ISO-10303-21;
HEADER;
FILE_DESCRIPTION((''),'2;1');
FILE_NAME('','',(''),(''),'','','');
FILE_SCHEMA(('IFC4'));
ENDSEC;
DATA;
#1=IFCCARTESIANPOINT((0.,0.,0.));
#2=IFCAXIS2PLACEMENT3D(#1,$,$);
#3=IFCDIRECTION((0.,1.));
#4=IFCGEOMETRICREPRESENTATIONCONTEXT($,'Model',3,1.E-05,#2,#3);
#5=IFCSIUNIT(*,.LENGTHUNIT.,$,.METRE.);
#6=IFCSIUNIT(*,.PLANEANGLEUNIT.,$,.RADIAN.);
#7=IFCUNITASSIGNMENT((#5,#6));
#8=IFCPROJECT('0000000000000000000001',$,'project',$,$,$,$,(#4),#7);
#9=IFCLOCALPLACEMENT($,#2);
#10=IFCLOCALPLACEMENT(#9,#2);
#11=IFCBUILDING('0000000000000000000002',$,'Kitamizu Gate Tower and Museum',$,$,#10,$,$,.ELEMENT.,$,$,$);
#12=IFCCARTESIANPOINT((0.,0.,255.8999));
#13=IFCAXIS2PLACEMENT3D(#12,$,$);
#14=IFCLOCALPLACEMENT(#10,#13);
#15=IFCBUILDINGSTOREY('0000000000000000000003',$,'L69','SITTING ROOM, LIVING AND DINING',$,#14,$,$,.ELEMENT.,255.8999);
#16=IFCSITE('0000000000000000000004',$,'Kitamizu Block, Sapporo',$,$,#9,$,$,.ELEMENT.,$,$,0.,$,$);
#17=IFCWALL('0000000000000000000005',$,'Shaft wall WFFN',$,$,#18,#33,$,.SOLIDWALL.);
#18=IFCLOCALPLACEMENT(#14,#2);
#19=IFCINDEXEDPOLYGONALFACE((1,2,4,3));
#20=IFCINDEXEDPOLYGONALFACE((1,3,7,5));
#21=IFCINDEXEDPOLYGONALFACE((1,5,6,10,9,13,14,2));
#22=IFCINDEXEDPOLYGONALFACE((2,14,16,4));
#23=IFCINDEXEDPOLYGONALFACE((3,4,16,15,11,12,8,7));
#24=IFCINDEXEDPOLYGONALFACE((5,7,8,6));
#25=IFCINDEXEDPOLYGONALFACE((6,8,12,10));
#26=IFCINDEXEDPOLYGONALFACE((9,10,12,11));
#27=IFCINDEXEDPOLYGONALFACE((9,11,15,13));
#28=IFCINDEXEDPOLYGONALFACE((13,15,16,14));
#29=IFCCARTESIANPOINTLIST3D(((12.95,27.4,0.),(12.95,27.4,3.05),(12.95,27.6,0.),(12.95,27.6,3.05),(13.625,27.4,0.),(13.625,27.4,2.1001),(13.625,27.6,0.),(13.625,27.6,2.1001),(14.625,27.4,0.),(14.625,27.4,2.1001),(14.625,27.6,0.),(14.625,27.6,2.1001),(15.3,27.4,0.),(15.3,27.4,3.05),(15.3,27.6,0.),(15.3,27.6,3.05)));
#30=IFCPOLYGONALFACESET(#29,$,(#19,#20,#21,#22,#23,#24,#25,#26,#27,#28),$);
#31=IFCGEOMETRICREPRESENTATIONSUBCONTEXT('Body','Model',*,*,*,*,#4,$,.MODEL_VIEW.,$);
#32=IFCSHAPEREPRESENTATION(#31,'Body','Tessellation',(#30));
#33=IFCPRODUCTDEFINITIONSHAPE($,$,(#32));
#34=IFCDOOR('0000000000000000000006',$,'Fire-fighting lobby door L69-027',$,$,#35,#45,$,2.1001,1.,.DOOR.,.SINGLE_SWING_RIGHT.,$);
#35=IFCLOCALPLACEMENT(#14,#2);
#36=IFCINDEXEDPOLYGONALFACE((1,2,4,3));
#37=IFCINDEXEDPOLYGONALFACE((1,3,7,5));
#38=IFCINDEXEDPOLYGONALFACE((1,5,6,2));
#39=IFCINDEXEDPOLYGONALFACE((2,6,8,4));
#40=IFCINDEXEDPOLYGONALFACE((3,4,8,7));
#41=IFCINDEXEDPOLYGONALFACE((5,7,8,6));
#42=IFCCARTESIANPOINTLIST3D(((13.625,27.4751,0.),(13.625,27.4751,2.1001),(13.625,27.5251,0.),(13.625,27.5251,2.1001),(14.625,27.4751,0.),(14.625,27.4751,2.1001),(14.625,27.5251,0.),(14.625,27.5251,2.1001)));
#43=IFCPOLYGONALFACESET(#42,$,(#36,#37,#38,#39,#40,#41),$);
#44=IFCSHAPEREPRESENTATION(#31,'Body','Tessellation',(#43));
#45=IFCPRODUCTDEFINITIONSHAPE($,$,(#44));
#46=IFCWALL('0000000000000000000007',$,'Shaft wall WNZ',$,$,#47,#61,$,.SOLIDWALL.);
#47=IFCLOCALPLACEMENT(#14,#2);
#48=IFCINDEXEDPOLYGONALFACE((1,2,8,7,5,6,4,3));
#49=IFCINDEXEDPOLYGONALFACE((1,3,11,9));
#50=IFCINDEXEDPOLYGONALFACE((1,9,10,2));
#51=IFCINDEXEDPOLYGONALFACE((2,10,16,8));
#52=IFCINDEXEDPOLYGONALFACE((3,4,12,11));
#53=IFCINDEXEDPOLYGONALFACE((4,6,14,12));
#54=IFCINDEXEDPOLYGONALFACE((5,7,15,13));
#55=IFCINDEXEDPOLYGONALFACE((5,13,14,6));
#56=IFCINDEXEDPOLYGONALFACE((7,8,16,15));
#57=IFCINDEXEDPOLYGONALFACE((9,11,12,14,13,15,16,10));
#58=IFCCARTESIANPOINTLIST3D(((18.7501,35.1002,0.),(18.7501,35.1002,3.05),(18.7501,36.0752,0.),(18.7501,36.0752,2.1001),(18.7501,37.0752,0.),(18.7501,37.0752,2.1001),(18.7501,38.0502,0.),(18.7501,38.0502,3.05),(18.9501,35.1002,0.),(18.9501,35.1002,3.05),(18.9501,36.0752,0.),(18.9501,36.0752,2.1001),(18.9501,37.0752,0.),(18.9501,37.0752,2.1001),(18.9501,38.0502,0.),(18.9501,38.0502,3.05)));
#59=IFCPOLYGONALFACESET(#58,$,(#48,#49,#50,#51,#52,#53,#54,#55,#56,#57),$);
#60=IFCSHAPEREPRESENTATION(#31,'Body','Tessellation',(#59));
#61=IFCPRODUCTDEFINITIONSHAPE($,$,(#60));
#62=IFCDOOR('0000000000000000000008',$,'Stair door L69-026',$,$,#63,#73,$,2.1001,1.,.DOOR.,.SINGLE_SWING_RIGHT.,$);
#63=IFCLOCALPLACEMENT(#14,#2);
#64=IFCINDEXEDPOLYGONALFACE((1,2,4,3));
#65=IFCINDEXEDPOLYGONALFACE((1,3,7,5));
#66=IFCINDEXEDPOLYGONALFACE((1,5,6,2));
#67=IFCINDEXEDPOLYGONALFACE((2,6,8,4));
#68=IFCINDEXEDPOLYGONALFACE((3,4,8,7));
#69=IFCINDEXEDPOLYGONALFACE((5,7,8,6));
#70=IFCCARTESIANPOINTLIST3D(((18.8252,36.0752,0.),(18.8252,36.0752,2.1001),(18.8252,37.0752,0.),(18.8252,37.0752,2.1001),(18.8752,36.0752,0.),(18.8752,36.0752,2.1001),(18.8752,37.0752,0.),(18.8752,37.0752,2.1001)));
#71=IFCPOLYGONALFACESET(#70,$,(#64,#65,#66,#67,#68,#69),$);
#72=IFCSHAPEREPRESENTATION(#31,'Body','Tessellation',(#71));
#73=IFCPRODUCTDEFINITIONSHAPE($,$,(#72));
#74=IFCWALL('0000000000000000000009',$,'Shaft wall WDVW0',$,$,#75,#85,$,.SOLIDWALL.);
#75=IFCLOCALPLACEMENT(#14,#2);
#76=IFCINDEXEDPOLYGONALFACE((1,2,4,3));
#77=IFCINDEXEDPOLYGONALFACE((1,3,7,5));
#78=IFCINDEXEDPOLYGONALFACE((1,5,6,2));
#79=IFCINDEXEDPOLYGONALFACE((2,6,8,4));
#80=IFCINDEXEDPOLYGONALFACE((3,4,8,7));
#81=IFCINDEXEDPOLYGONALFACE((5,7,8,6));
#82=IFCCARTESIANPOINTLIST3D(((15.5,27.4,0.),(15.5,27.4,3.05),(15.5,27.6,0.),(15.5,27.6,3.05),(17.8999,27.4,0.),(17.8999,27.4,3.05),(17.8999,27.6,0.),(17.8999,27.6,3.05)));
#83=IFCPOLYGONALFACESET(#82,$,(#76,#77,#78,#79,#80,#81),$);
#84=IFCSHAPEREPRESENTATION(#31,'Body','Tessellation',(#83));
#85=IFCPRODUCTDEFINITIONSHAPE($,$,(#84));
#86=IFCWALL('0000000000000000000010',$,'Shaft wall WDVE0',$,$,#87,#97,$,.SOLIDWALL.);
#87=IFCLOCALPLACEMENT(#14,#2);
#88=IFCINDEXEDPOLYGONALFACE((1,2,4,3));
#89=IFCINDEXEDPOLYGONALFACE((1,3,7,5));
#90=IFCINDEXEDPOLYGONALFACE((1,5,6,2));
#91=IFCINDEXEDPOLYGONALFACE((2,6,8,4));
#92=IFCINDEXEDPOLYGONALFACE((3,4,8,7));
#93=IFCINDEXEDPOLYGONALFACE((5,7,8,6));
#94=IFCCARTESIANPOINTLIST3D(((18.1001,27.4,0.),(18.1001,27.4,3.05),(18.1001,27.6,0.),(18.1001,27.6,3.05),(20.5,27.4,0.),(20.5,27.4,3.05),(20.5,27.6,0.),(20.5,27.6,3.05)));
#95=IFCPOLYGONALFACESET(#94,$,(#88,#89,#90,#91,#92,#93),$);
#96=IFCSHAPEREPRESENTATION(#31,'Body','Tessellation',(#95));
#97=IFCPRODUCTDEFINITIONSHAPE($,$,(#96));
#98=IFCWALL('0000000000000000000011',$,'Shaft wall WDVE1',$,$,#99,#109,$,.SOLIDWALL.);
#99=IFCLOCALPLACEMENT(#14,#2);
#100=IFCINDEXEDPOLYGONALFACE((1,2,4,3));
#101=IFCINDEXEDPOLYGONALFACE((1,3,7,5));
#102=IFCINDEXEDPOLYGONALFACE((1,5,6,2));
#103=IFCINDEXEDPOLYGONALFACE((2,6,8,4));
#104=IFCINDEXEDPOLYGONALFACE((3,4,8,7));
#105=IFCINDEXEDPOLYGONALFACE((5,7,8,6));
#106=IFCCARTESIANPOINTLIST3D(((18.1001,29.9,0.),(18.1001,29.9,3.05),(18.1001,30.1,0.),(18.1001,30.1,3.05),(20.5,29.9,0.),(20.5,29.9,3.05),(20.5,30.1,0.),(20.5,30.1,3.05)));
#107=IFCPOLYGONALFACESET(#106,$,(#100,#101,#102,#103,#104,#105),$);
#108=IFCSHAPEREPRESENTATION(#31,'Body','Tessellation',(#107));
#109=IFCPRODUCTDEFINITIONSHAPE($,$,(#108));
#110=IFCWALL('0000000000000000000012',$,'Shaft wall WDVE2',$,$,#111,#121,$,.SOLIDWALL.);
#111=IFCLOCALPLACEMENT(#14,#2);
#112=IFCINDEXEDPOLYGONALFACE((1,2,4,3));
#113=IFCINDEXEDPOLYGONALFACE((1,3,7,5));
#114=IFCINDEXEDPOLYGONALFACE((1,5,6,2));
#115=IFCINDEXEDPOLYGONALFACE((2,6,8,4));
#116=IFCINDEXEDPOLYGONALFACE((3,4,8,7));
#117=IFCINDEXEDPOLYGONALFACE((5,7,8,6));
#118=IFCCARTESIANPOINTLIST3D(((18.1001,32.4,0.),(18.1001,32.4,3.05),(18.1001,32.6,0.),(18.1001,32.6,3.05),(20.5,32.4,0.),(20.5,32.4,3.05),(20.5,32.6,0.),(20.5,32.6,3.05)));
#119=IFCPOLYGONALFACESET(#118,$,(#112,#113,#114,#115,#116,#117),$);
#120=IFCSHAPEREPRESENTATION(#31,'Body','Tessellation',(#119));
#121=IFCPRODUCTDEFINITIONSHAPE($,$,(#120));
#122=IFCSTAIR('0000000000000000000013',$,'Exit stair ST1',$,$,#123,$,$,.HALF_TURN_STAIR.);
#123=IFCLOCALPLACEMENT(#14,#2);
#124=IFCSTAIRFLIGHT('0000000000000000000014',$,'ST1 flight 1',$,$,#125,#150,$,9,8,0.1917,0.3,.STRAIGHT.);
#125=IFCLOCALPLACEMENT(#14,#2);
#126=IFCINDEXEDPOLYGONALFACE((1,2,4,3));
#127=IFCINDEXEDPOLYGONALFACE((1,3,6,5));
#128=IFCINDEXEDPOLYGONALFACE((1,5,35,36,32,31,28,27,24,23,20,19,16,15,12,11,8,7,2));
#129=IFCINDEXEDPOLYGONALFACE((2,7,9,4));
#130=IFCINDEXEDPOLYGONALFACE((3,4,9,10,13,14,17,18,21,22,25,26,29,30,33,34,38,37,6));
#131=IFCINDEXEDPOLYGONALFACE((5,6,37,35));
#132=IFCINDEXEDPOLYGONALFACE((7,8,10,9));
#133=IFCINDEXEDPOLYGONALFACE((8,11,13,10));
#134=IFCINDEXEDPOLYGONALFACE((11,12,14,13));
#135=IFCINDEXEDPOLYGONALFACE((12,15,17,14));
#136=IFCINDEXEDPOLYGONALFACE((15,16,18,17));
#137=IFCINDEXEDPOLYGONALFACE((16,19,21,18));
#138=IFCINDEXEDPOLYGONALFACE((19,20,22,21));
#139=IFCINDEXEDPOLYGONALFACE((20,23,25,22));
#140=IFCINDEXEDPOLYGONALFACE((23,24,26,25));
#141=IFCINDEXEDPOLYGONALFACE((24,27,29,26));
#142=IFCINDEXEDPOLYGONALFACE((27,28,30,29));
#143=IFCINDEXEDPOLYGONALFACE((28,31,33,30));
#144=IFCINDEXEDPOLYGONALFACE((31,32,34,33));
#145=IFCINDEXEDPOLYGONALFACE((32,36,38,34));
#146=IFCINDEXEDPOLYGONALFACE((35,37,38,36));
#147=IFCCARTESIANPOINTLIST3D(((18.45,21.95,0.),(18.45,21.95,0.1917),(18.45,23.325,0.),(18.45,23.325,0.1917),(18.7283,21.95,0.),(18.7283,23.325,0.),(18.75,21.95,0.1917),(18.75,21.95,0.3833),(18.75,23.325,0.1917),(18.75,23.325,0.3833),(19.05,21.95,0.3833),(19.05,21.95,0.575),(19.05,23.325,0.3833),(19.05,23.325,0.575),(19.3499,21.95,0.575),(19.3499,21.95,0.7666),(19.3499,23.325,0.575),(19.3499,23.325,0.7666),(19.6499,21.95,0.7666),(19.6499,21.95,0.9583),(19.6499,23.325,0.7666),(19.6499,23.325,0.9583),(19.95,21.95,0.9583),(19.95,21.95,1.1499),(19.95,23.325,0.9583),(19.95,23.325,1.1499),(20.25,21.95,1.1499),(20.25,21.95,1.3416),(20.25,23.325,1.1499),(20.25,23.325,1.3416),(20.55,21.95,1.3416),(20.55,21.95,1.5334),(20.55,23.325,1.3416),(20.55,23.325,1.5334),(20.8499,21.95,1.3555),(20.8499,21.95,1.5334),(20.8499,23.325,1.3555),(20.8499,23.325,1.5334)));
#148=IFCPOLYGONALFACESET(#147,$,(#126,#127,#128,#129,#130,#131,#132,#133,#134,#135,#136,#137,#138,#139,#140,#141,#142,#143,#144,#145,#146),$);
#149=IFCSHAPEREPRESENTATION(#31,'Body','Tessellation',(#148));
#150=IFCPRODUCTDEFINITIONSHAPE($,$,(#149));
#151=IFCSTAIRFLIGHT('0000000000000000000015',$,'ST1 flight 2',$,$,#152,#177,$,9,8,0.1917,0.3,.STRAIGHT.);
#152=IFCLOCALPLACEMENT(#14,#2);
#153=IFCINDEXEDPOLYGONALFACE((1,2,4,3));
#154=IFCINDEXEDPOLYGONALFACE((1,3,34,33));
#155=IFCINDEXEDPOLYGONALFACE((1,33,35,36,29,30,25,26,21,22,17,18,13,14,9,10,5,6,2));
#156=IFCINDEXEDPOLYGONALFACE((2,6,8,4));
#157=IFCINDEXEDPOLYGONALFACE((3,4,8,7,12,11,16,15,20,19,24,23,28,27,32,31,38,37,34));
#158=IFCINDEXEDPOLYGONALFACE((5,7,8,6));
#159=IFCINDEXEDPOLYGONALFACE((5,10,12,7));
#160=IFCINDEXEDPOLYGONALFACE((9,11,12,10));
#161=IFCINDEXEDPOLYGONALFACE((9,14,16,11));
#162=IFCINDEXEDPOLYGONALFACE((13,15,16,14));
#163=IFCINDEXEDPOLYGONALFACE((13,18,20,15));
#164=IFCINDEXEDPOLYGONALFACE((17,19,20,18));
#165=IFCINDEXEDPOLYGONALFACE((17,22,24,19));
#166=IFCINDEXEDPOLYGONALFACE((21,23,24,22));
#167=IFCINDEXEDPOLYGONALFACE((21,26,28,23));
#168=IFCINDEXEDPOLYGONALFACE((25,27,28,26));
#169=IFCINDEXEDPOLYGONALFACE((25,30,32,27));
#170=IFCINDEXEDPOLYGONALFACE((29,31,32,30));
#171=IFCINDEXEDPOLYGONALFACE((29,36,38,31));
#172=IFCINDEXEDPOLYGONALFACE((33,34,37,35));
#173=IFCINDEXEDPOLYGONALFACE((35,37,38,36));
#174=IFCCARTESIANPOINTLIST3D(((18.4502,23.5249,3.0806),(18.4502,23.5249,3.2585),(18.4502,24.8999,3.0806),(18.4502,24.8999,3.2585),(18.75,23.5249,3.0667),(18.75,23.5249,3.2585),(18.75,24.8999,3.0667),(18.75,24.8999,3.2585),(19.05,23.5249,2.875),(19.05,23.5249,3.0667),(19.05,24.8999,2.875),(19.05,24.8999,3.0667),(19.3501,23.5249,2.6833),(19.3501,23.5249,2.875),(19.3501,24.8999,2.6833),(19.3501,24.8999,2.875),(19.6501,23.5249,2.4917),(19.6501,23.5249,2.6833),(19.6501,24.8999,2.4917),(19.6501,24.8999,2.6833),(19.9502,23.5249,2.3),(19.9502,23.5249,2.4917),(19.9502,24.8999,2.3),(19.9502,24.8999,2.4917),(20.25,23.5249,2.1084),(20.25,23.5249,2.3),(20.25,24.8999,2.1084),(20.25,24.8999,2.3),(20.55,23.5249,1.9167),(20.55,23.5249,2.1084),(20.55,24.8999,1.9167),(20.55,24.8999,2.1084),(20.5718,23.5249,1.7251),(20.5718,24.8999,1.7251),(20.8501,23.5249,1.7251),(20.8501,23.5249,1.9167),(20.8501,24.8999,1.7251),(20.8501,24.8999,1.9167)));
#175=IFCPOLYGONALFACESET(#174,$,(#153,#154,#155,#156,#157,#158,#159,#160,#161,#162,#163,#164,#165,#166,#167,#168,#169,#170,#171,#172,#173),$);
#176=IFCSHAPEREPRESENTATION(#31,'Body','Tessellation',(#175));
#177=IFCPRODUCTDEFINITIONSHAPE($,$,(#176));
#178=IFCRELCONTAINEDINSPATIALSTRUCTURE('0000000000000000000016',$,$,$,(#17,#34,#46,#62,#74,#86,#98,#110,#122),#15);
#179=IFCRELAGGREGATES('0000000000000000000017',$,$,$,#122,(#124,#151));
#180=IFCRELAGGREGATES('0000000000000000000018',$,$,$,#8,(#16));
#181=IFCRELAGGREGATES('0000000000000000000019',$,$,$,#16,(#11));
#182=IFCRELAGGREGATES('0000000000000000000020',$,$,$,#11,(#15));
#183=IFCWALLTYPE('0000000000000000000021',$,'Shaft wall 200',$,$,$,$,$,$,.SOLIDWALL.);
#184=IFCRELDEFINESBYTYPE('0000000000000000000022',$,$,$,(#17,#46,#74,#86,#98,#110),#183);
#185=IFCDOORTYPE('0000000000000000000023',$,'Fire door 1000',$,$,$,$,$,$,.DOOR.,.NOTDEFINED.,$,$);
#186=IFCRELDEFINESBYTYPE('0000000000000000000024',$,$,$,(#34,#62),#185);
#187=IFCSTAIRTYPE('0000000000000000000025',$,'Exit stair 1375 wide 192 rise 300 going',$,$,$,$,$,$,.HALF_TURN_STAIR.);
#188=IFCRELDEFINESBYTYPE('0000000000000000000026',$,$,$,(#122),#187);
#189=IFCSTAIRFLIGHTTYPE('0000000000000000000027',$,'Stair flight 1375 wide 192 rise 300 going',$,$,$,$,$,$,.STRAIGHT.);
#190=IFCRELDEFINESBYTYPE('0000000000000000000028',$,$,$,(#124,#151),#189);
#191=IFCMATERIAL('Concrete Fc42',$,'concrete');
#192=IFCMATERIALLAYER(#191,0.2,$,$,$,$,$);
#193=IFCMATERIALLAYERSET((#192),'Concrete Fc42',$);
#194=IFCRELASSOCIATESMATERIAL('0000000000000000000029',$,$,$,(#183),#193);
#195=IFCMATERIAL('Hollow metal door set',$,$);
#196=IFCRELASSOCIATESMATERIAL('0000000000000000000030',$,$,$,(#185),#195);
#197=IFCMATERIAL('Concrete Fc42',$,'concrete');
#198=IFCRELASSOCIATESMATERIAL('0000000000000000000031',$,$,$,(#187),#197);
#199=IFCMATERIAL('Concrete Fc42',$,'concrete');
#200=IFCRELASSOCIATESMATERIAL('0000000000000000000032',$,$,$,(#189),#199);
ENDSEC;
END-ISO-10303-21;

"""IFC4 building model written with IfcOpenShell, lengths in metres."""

from ifc_helpers import new_model, si_unit, direction, frame, frame_2d, origin, place, context, subcontext, project, spatial, polyline, rectangle, outline, extrude, material, layer, layer_set, type_object, element, fill, aggregate, save


model = new_model("IFC4")

# Units and contexts
model_context = context("Model", 3, precision=1e-05, world=origin(), true_north=direction((0.0, 1.0)))
body_context = subcontext(model_context, "Body", "Model", "MODEL_VIEW")
ifc_project = project(units=[si_unit("LENGTHUNIT", "METRE"), si_unit("PLANEANGLEUNIT", "RADIAN")], contexts=[model_context])

# Site, building, storey
site_placement = place(None, origin())
site = spatial("IfcSite", under=ifc_project, at=site_placement, Name="Kitamizu Block, Sapporo", CompositionType="ELEMENT", RefElevation=0.0)
building_placement = place(site_placement, origin())
building = spatial("IfcBuilding", under=site, at=building_placement, Name="Kitamizu Gate Tower and Museum", CompositionType="ELEMENT")
storey_placement = place(building_placement, frame((0.0, 0.0, 255.8999)))
storey = spatial("IfcBuildingStorey", under=building, at=storey_placement, Name="L69", Description="SITTING ROOM, LIVING AND DINING", CompositionType="ELEMENT", Elevation=255.8999)

# Shared definitions
ifc_material_1 = material(Name="Concrete Fc42", Category="concrete")
ifc_layer_1 = layer(ifc_material_1, 0.2)
ifc_layer_set_1 = layer_set([ifc_layer_1], Name="Concrete Fc42")
wall_type_1 = type_object("IfcWallType", Name="Shaft wall 200", PredefinedType="SOLIDWALL", material=ifc_layer_set_1)
ifc_material_2 = material(Name="Hollow metal door set")
door_type_1 = type_object("IfcDoorType", Name="Fire door 1000", OperationType="NOTDEFINED", PredefinedType="DOOR", material=ifc_material_2)

# Walls, openings, doors
wall_1_placement = place(storey_placement, frame((12.95, 27.5, 0.0), z_axis=(0.0, 0.0, 1.0), x_axis=(1.0, 0.0, 0.0)))
wall_1 = element("IfcWall", 1, at=wall_1_placement, inside=storey, type_object=wall_type_1, Name="Shaft wall WFFN", PredefinedType="SOLIDWALL", context=body_context, shape_type="SweptSolid", body=[
    extrude(rectangle(XDim=2.3501, YDim=0.2, at=frame_2d((1.175, 0.0))), origin(), (0.0, 0.0, 1.0), 3.05),
])
opening_1_placement = place(wall_1_placement, frame((0.675, 0.0, 0.0)))
opening_1 = element("IfcOpeningElement", 2, at=opening_1_placement, cuts=wall_1, PredefinedType="OPENING", context=body_context, shape_type="SweptSolid", body=[
    extrude(rectangle(XDim=1.0, YDim=2.1001, at=frame_2d((0.5, 1.05))), frame((0.0, 0.1099, 0.0), z_axis=(0.0, -1.0, 0.0), x_axis=(1.0, 0.0, 0.0)), (0.0, 0.0, 1.0), 0.22),
])
door_1_placement = place(opening_1_placement, frame((1.0, 0.0, 0.0), x_axis=(-1.0, 0.0, 0.0)))
door_1 = element("IfcDoor", 3, at=door_1_placement, inside=storey, type_object=door_type_1, Name="Fire-fighting lobby door L69-027", OperationType="SINGLE_SWING_RIGHT", OverallHeight=2.1001, OverallWidth=1.0, PredefinedType="DOOR", context=body_context, shape_type="SweptSolid", body=[
    extrude(rectangle(XDim=1.0, YDim=2.1001, at=frame_2d((0.5, 1.05))), frame((0.0, 0.0249, 0.0), z_axis=(0.0, -1.0, 0.0), x_axis=(1.0, 0.0, 0.0)), (0.0, 0.0, 1.0), 0.05),
])
fill(opening_1, door_1)
wall_2_placement = place(storey_placement, frame((18.8501, 35.1001, 0.0), z_axis=(0.0, 0.0, 1.0), x_axis=(0.0, 1.0, 0.0)))
wall_2 = element("IfcWall", 4, at=wall_2_placement, inside=storey, type_object=wall_type_1, Name="Shaft wall WNZ", PredefinedType="SOLIDWALL", context=body_context, shape_type="SweptSolid", body=[
    extrude(rectangle(XDim=2.95, YDim=0.2, at=frame_2d((1.4751, 0.0))), origin(), (0.0, 0.0, 1.0), 3.05),
])
opening_2_placement = place(wall_2_placement, frame((0.9751, 0.0, 0.0)))
opening_2 = element("IfcOpeningElement", 5, at=opening_2_placement, cuts=wall_2, PredefinedType="OPENING", context=body_context, shape_type="SweptSolid", body=[
    extrude(rectangle(XDim=1.0, YDim=2.1001, at=frame_2d((0.5, 1.05))), frame((0.0, 0.1099, 0.0), z_axis=(0.0, -1.0, 0.0), x_axis=(1.0, 0.0, 0.0)), (0.0, 0.0, 1.0), 0.22),
])
door_2_placement = place(opening_2_placement, origin())
door_2 = element("IfcDoor", 6, at=door_2_placement, inside=storey, type_object=door_type_1, Name="Stair door L69-026", OperationType="SINGLE_SWING_RIGHT", OverallHeight=2.1001, OverallWidth=1.0, PredefinedType="DOOR", context=body_context, shape_type="SweptSolid", body=[
    extrude(rectangle(XDim=1.0, YDim=2.1001, at=frame_2d((0.5, 1.05))), frame((0.0, 0.0249, 0.0), z_axis=(0.0, -1.0, 0.0), x_axis=(1.0, 0.0, 0.0)), (0.0, 0.0, 1.0), 0.05),
])
fill(opening_2, door_2)

# Walls
for number, where, z_axis, x_axis, name in (
    (7, (15.5, 27.5, 0.0), (0.0, 0.0, 1.0), (1.0, 0.0, 0.0), "Shaft wall WDVW0"),
    (8, (18.1001, 27.5, 0.0), (0.0, 0.0, 1.0), (1.0, 0.0, 0.0), "Shaft wall WDVE0"),
    (9, (18.1001, 30.0, 0.0), (0.0, 0.0, 1.0), (1.0, 0.0, 0.0), "Shaft wall WDVE1"),
    (10, (18.1001, 32.5, 0.0), (0.0, 0.0, 1.0), (1.0, 0.0, 0.0), "Shaft wall WDVE2"),
):
    element("IfcWall", number, at=place(storey_placement, frame(where, z_axis=z_axis, x_axis=x_axis)), inside=storey, type_object=wall_type_1, Name=name, PredefinedType="SOLIDWALL", context=body_context, shape_type="SweptSolid", body=[
        extrude(rectangle(XDim=2.3999, YDim=0.2, at=frame_2d((1.2, 0.0))), origin(), (0.0, 0.0, 1.0), 3.05),
    ])

# Stair, stair flights
ifc_material_3 = material(Name="Concrete Fc42", Category="concrete")
stair_type = type_object("IfcStairType", Name="Exit stair 1375 wide 192 rise 300 going", PredefinedType="HALF_TURN_STAIR", material=ifc_material_3)
stair_1_placement = place(storey_placement, origin())
stair_1 = element("IfcStair", 11, at=stair_1_placement, inside=storey, type_object=stair_type, Name="Exit stair ST1", PredefinedType="HALF_TURN_STAIR")
ifc_material_4 = material(Name="Concrete Fc42", Category="concrete")
stair_flight_type = type_object("IfcStairFlightType", Name="Stair flight 1375 wide 192 rise 300 going", PredefinedType="STRAIGHT", material=ifc_material_4)
stair_flight_1_placement = place(storey_placement, frame((18.45, 22.6375, 0.0), z_axis=(0.0, 0.0, 1.0), x_axis=(1.0, 0.0, 0.0)))
stair_flight_1 = element("IfcStairFlight", 12, at=stair_flight_1_placement, type_object=stair_flight_type, Name="ST1 flight 1", NumberOfRisers=9, NumberOfTreads=8, PredefinedType="STRAIGHT", RiserHeight=0.1917, TreadLength=0.3, context=body_context, shape_type="SweptSolid", body=[
    extrude(outline(polyline([(0.0, 0.0), (0.0, 0.1917), (0.3, 0.1917), (0.3, 0.3833), (0.6001, 0.3833), (0.6001, 0.575), (0.8999, 0.575), (0.8999, 0.7666), (1.2, 0.7666), (1.2, 0.9583), (1.5, 0.9583), (1.5, 1.1499), (1.8, 1.1499), (1.8, 1.3416), (2.1001, 1.3416), (2.1001, 1.5334), (2.3999, 1.5334), (2.3999, 1.7251), (2.3999, 1.3555), (0.2783, 0.0), (0.0, 0.0)])), frame((0.0, 0.6875, 0.0), z_axis=(0.0, -1.0, 0.0), x_axis=(1.0, 0.0, 0.0)), (0.0, 0.0, 1.0), 1.375),
])
stair_flight_2_placement = place(storey_placement, frame((20.8501, 24.2124, 1.7251), z_axis=(0.0, 0.0, 1.0), x_axis=(-1.0, 0.0, 0.0)))
stair_flight_2 = element("IfcStairFlight", 13, at=stair_flight_2_placement, type_object=stair_flight_type, Name="ST1 flight 2", NumberOfRisers=9, NumberOfTreads=8, PredefinedType="STRAIGHT", RiserHeight=0.1917, TreadLength=0.3, context=body_context, shape_type="SweptSolid", body=[
    extrude(outline(polyline([(0.0, 0.0), (0.0, 0.1917), (0.3, 0.1917), (0.3, 0.3833), (0.6001, 0.3833), (0.6001, 0.575), (0.8999, 0.575), (0.8999, 0.7666), (1.2, 0.7666), (1.2, 0.9583), (1.5, 0.9583), (1.5, 1.1499), (1.8, 1.1499), (1.8, 1.3416), (2.1001, 1.3416), (2.1001, 1.5334), (2.3999, 1.5334), (2.3999, 1.7251), (2.3999, 1.3555), (0.2783, 0.0), (0.0, 0.0)])), frame((0.0, 0.6875, 0.0), z_axis=(0.0, -1.0, 0.0), x_axis=(1.0, 0.0, 0.0)), (0.0, 0.0, 1.0), 1.375),
])
aggregate(stair_1, [stair_flight_1, stair_flight_2])

save(model, "model.ifc")
